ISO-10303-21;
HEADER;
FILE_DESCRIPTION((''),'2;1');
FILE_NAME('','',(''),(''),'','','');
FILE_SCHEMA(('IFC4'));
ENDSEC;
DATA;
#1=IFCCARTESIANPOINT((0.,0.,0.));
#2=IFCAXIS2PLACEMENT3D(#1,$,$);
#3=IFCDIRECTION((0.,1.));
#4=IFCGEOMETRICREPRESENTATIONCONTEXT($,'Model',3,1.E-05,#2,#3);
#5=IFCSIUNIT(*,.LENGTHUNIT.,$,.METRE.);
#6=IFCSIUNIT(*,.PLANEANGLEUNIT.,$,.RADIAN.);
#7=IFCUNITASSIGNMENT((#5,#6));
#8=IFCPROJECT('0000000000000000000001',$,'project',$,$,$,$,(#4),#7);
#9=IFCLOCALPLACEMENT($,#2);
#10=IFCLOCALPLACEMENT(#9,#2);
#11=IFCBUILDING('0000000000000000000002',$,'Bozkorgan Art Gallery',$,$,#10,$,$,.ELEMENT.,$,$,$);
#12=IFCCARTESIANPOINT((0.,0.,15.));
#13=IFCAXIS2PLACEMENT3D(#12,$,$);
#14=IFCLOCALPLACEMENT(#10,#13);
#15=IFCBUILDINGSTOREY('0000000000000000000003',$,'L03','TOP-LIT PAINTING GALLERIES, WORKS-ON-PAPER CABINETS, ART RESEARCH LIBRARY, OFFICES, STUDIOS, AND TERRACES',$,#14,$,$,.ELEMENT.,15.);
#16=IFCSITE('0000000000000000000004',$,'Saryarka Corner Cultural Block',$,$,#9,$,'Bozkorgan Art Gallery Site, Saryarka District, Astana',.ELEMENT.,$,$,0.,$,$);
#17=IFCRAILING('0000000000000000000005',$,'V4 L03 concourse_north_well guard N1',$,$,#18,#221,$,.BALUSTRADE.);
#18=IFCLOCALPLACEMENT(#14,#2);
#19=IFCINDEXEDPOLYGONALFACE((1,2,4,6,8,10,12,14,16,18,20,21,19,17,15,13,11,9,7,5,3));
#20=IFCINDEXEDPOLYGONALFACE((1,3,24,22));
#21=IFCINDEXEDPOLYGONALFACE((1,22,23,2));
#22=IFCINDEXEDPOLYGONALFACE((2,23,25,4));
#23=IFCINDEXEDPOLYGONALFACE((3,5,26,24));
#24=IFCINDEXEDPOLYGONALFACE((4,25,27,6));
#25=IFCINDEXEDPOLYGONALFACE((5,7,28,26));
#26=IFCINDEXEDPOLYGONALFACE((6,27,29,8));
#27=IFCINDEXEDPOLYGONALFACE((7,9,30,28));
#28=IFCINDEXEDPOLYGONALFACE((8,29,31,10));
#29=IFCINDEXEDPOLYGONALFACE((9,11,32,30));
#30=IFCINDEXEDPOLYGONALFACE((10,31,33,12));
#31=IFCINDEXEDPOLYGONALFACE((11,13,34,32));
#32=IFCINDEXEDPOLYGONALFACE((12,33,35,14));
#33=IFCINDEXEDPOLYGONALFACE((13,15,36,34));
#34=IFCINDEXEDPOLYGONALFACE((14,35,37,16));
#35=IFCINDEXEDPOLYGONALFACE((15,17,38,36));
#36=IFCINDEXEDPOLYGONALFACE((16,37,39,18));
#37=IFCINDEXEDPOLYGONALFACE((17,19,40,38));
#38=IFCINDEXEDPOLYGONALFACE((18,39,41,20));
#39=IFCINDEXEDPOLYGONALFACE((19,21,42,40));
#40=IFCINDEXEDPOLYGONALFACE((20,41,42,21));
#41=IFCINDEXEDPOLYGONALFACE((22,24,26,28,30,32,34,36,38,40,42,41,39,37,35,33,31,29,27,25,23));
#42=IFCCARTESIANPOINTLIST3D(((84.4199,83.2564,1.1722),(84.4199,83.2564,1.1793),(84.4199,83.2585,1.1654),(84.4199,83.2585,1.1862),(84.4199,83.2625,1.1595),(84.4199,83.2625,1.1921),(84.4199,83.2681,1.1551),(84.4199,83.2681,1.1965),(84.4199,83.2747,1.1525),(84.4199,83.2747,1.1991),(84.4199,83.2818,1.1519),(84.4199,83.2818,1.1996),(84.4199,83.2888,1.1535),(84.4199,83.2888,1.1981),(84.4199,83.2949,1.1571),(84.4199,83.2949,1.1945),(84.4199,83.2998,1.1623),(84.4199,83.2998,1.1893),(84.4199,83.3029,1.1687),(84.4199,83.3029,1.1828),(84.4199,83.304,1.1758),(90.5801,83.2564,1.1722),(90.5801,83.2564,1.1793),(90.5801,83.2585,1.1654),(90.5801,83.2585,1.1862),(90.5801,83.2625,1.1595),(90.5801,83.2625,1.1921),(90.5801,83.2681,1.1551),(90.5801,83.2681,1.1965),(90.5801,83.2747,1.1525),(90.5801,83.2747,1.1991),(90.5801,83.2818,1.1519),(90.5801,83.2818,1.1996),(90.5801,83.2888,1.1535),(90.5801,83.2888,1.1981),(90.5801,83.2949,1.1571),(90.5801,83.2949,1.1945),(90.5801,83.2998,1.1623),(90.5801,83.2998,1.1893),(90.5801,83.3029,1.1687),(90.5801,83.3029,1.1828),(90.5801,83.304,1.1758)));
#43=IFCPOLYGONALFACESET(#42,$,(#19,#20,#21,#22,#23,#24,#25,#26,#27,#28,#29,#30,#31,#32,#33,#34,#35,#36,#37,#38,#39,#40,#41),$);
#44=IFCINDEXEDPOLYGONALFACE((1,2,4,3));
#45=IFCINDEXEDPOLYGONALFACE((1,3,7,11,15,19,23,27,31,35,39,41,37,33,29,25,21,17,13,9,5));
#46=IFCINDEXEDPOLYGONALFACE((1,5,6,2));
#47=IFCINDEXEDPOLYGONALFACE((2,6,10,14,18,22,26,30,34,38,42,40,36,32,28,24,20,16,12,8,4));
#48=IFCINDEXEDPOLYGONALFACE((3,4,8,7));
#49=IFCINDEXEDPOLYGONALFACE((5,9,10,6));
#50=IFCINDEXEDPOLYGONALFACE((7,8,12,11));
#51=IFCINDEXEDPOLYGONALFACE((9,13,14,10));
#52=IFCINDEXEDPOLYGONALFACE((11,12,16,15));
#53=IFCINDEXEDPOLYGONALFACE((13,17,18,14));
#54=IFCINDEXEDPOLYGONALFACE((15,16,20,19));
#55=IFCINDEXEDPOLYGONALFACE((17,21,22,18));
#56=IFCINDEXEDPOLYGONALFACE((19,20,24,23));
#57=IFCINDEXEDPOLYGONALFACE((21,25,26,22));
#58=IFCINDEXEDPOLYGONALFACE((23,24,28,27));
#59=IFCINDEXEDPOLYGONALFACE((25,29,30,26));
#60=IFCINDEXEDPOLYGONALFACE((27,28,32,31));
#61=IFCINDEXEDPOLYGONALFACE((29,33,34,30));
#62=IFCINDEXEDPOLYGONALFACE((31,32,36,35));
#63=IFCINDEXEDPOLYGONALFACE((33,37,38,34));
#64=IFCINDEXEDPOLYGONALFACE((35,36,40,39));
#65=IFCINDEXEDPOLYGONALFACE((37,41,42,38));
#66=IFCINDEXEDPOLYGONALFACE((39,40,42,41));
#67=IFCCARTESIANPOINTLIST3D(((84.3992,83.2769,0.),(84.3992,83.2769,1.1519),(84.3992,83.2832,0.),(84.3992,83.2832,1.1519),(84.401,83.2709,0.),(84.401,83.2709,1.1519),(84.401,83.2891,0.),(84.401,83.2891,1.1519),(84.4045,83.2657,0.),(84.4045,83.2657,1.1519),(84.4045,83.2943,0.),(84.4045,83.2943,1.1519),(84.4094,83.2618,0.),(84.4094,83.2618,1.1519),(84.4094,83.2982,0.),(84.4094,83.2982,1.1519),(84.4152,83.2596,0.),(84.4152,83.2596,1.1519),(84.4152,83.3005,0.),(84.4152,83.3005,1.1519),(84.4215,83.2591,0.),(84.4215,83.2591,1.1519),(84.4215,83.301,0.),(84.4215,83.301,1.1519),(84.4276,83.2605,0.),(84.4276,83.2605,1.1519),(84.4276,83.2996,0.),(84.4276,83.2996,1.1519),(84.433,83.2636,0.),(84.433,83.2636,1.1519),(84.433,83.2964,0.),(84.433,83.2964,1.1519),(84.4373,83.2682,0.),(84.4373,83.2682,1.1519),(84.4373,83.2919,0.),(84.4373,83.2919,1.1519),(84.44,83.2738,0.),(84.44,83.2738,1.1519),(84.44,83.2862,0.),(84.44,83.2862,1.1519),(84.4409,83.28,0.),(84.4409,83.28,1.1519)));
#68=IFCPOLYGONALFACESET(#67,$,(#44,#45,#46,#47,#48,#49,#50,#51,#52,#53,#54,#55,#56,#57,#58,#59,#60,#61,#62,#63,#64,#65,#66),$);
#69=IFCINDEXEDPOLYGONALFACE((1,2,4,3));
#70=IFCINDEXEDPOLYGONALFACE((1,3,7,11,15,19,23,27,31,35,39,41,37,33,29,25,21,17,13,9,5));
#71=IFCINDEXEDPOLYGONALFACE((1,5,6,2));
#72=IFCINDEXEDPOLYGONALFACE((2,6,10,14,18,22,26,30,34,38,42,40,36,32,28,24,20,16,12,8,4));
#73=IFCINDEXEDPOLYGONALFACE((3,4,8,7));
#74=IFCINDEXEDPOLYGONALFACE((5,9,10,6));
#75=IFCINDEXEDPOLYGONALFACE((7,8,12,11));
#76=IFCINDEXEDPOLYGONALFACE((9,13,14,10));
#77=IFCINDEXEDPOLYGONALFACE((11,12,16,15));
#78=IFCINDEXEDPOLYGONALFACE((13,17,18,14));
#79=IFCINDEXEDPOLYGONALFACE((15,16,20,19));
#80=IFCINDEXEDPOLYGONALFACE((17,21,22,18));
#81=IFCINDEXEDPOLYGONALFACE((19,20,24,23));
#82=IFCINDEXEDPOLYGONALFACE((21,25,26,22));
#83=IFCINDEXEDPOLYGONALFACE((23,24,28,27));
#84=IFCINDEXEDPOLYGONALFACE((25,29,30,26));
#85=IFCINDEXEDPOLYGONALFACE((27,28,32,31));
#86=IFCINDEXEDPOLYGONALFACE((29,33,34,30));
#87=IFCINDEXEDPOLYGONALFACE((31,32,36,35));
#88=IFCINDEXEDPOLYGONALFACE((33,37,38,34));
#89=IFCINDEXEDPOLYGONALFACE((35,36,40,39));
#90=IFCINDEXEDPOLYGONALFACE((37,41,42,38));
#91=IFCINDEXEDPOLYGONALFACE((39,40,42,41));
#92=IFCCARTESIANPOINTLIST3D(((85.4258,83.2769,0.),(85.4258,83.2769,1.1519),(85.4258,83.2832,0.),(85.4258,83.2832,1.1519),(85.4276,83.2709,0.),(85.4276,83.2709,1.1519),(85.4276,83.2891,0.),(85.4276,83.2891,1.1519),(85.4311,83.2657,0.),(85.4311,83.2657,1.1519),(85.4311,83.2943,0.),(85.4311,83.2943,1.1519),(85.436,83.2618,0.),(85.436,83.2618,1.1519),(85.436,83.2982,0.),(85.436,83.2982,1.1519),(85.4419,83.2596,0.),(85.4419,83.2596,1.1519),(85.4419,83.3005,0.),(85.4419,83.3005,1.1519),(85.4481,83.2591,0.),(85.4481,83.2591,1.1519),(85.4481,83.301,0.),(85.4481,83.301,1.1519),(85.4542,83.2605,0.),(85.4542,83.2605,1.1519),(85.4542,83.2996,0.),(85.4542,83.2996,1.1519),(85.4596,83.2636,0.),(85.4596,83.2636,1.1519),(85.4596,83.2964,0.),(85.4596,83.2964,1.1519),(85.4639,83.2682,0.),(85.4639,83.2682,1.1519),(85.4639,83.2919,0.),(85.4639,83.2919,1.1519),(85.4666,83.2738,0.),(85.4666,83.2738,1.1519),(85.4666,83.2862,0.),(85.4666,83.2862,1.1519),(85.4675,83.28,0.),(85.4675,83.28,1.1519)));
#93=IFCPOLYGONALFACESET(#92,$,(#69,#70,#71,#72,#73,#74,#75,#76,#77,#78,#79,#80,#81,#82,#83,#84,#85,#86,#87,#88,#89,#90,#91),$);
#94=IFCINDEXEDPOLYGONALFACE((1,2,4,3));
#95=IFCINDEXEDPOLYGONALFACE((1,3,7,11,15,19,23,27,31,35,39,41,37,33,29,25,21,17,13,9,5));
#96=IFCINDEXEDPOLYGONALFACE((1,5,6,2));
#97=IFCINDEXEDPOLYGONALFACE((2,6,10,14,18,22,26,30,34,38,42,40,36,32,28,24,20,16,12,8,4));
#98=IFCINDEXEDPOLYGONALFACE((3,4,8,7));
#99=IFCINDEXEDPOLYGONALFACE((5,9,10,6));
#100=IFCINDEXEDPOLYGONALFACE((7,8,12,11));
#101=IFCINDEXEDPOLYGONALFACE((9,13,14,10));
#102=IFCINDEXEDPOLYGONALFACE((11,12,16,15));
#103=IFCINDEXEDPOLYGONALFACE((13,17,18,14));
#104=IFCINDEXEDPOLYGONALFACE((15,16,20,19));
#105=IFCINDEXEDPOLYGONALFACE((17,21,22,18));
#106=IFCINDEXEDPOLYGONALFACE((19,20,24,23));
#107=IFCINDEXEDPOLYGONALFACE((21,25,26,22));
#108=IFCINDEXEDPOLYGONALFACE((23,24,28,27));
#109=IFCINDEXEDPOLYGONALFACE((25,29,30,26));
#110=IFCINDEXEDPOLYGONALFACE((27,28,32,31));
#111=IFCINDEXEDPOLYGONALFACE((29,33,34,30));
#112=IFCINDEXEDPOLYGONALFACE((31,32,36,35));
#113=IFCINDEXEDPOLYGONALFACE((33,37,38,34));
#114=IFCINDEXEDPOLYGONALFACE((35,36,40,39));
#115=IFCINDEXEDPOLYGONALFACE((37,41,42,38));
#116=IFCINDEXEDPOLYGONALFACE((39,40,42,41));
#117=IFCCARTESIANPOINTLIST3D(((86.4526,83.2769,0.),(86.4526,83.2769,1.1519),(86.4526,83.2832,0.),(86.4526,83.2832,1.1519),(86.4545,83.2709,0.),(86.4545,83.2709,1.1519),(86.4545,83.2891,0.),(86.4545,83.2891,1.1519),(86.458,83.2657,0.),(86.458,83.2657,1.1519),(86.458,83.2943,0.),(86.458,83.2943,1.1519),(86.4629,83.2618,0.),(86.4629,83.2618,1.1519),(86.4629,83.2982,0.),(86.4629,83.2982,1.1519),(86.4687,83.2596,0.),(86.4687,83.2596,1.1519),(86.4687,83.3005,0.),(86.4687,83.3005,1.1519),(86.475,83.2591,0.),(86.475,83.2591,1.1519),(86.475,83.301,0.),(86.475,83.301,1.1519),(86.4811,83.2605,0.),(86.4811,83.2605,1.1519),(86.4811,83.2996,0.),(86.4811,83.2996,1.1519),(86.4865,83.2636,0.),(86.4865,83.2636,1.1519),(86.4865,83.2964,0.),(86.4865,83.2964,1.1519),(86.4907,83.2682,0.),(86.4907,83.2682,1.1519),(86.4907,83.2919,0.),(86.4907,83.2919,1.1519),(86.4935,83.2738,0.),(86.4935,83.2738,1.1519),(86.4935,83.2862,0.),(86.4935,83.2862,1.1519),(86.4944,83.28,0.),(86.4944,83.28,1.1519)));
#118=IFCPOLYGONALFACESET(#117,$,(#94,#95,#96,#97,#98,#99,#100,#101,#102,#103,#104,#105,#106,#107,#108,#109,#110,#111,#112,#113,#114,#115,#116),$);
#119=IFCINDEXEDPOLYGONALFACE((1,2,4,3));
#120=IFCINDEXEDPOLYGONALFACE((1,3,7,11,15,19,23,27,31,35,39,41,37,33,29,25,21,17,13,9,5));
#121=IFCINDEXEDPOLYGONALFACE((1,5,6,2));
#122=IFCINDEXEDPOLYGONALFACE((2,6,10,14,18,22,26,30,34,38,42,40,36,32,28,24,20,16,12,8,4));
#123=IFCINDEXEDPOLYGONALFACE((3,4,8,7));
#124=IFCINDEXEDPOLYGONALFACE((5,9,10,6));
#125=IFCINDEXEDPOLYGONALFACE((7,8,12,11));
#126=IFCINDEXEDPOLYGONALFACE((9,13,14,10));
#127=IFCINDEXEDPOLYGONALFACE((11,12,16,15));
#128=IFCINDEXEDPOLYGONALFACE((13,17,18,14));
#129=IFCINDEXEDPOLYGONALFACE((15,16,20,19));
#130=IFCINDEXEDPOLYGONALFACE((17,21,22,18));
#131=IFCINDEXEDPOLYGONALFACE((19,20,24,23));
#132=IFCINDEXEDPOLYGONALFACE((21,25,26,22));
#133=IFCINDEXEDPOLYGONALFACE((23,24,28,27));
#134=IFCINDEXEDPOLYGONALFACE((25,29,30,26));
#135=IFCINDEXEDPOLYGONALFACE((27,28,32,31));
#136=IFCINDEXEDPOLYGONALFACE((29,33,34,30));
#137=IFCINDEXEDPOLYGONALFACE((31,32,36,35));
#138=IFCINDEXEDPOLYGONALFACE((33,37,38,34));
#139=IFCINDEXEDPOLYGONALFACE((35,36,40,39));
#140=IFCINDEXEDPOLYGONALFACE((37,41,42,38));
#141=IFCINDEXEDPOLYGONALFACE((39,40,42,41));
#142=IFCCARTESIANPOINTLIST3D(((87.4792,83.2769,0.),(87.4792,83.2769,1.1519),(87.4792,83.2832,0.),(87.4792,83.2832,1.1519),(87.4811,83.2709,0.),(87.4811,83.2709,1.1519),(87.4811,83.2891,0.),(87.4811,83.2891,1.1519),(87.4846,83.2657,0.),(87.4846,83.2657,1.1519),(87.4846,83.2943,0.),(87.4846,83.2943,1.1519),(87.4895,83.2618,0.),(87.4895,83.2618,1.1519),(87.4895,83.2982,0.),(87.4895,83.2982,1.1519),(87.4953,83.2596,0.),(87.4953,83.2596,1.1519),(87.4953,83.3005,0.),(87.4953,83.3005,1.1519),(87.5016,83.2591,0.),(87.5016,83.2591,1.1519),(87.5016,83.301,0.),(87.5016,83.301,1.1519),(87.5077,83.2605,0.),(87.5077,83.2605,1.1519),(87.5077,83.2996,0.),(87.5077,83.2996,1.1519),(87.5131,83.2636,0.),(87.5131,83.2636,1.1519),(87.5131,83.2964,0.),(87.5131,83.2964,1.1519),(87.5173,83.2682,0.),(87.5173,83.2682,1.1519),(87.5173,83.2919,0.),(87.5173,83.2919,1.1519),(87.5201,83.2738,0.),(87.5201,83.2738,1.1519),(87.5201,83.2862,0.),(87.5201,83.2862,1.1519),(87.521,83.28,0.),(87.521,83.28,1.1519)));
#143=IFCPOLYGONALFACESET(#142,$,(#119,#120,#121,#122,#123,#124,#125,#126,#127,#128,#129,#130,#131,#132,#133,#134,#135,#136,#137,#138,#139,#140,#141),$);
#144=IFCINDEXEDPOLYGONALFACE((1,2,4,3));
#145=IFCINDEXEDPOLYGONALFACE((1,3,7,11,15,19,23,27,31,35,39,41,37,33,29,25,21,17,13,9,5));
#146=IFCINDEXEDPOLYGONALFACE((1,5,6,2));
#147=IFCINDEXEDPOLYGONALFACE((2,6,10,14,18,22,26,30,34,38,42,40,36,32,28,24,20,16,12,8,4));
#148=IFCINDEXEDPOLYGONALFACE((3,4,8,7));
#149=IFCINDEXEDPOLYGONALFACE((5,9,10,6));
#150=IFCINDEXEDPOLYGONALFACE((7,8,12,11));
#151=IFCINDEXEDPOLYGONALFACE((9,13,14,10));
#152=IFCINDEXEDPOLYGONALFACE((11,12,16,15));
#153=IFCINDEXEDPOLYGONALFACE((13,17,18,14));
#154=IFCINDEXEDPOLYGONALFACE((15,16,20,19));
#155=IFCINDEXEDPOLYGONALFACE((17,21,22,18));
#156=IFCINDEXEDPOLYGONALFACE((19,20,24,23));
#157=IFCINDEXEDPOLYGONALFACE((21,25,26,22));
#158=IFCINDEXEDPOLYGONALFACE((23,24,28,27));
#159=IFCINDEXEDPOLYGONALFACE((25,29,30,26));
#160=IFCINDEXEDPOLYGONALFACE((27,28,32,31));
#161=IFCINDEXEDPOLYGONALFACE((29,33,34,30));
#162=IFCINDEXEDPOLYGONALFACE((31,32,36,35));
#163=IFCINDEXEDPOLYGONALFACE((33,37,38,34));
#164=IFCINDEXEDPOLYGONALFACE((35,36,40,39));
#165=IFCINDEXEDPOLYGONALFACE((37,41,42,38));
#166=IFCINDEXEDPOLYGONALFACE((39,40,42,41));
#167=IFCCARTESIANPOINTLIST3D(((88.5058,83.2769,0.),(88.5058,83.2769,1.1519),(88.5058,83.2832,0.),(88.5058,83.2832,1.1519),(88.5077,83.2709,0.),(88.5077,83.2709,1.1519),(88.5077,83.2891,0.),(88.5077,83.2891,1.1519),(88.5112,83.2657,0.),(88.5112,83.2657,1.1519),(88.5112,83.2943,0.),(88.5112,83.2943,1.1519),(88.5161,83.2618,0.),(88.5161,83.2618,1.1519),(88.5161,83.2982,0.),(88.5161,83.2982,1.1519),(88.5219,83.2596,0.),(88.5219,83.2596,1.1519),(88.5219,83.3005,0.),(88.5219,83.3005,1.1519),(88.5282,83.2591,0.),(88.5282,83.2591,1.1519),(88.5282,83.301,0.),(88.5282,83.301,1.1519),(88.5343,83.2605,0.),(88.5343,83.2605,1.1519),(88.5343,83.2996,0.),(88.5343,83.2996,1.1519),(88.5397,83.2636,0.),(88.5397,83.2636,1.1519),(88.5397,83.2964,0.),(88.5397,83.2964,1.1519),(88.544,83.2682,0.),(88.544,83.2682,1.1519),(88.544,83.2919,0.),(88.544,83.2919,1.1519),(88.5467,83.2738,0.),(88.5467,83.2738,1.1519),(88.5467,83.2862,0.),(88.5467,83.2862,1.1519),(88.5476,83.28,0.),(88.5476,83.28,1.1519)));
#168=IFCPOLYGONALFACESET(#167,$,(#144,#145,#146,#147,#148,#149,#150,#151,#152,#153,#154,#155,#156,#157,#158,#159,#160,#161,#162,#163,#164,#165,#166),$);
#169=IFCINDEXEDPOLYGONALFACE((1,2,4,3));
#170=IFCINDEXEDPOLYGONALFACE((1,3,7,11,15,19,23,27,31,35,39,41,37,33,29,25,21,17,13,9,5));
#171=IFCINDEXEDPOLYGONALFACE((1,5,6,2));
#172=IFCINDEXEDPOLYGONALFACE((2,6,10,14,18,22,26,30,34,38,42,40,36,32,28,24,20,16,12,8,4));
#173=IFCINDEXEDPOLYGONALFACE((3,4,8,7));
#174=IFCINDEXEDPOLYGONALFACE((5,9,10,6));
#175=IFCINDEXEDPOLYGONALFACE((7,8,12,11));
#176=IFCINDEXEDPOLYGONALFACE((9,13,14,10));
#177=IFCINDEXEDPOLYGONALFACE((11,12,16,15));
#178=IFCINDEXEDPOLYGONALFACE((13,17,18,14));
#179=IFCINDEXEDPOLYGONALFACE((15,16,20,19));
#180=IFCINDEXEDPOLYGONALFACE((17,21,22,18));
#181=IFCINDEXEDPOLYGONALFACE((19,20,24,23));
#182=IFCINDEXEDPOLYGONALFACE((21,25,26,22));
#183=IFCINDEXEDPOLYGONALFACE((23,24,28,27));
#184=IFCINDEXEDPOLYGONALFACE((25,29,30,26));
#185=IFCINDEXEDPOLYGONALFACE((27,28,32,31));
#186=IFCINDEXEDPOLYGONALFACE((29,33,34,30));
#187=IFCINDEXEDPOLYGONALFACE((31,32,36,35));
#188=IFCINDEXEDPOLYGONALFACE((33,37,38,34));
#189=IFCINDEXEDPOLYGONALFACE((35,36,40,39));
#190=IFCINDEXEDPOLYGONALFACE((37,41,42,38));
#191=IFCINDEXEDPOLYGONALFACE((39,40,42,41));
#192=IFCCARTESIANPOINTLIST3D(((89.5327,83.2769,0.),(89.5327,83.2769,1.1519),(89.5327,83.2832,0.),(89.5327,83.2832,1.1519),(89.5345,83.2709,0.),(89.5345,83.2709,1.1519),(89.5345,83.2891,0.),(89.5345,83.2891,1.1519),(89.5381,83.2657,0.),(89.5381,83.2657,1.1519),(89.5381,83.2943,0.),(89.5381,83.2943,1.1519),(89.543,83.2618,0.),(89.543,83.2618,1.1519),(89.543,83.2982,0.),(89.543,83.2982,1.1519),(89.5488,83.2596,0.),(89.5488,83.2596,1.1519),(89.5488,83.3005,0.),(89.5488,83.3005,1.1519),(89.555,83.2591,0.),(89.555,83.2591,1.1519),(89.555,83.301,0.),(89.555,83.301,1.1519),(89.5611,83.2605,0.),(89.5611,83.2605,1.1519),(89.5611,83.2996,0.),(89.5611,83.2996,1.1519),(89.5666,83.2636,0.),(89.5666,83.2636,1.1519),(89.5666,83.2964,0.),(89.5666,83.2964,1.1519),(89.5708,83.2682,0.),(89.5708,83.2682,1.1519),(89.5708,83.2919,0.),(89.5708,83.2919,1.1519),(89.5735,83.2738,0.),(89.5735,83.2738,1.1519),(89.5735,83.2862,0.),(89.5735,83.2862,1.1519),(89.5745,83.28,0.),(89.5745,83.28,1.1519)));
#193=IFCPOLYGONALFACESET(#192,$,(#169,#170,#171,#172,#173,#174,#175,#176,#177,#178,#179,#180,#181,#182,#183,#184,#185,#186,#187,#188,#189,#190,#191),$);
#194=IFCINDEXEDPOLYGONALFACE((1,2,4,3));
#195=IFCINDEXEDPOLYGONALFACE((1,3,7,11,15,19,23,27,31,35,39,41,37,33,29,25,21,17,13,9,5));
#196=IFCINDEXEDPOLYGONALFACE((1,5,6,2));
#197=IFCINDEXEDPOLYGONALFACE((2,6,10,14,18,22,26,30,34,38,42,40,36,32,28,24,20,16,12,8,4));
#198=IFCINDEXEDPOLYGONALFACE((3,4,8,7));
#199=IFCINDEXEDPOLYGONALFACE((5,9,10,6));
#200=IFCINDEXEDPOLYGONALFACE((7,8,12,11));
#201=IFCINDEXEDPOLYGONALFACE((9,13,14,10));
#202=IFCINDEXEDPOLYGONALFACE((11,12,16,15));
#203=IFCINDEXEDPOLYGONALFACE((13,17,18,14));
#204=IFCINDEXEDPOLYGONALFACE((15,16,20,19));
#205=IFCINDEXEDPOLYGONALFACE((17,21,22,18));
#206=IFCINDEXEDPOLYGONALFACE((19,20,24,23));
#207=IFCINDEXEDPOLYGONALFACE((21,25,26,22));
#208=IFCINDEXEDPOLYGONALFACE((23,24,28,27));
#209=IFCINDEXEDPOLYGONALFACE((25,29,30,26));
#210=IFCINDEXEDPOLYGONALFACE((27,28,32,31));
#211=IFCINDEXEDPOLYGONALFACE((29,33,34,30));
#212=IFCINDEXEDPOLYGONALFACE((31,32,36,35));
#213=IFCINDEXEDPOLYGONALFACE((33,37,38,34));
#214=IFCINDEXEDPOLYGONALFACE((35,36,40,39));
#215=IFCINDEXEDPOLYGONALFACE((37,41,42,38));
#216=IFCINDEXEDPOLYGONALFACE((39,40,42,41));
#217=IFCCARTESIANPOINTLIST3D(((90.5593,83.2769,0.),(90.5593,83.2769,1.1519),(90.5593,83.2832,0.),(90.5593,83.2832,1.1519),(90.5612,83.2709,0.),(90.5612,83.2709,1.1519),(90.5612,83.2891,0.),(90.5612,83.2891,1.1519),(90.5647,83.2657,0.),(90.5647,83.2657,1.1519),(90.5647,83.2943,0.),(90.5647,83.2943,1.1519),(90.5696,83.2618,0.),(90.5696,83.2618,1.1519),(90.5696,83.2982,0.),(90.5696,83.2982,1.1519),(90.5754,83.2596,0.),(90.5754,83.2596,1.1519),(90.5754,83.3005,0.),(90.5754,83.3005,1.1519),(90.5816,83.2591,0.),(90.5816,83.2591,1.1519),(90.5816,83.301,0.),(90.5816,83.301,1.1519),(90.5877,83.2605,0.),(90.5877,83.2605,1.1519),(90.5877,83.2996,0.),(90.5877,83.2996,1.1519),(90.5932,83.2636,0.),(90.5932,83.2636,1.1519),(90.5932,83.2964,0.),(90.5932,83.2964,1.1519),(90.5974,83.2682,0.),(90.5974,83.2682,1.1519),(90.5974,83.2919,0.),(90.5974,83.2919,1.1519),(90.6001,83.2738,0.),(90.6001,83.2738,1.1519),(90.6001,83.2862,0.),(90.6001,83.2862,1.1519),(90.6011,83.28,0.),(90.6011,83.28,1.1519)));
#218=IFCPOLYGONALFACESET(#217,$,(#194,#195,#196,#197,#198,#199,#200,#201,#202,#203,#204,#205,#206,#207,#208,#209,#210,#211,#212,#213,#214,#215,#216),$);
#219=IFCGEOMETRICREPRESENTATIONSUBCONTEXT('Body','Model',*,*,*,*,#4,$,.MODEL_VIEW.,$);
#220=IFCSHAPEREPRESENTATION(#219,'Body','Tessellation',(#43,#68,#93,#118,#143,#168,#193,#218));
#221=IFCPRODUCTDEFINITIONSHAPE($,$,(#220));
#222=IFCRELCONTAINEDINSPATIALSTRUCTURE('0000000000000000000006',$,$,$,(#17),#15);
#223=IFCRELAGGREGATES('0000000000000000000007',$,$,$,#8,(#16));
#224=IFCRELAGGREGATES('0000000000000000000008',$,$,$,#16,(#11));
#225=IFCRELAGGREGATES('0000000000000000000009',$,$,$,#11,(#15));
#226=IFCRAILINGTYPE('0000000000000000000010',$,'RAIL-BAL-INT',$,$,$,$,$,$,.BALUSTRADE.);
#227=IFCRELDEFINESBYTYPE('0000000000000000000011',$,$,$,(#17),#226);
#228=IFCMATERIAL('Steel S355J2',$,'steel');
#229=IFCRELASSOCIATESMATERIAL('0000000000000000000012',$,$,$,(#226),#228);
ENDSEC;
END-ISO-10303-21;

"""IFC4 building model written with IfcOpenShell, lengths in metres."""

from ifc_helpers import new_model, si_unit, direction, frame, origin, origin_2d, place, context, subcontext, project, spatial, circle, extrude, material, type_object, element, save


model = new_model("IFC4")

# Units and contexts
model_context = context("Model", 3, precision=1e-05, world=origin(), true_north=direction((0.0, 1.0)))
body_context = subcontext(model_context, "Body", "Model", "MODEL_VIEW")
ifc_project = project(units=[si_unit("LENGTHUNIT", "METRE"), si_unit("PLANEANGLEUNIT", "RADIAN")], contexts=[model_context])

# Site, building, storey
site_placement = place(None, origin())
site = spatial("IfcSite", under=ifc_project, at=site_placement, Name="Saryarka Corner Cultural Block", LongName="Bozkorgan Art Gallery Site, Saryarka District, Astana", CompositionType="ELEMENT", RefElevation=0.0)
building_placement = place(site_placement, origin())
building = spatial("IfcBuilding", under=site, at=building_placement, Name="Bozkorgan Art Gallery", CompositionType="ELEMENT")
storey_placement = place(building_placement, frame((0.0, 0.0, 15.0)))
storey = spatial("IfcBuildingStorey", under=building, at=storey_placement, Name="L03", Description="TOP-LIT PAINTING GALLERIES, WORKS-ON-PAPER CABINETS, ART RESEARCH LIBRARY, OFFICES, STUDIOS, AND TERRACES", CompositionType="ELEMENT", Elevation=15.0)

# Shared definitions
ifc_material_1 = material(Name="Steel S355J2", Category="steel")

# Railing
railing_type = type_object("IfcRailingType", Name="RAIL-BAL-INT", PredefinedType="BALUSTRADE", material=ifc_material_1)
railing_placement = place(storey_placement, frame((84.4199, 83.28, 0.0)))
element("IfcRailing", 1, at=railing_placement, inside=storey, type_object=railing_type, Name="V4 L03 concourse_north_well guard N1", PredefinedType="BALUSTRADE", context=body_context, shape_type="SweptSolid", body=[
    extrude(circle(Radius=0.0239, at=origin_2d()), frame((0.0, 0.0, 1.1758), z_axis=(1.0, 0.0, 0.0), x_axis=(0.0, 1.0, 0.0)), (0.0, 0.0, 1.0), 6.1602),
    extrude(circle(Radius=0.021, at=origin_2d()), origin(), (0.0, 0.0, 1.0), 1.1519),
    extrude(circle(Radius=0.021, at=origin_2d()), frame((1.0266, 0.0, 0.0)), (0.0, 0.0, 1.0), 1.1519),
    extrude(circle(Radius=0.021, at=origin_2d()), frame((2.0535, 0.0, 0.0)), (0.0, 0.0, 1.0), 1.1519),
    extrude(circle(Radius=0.021, at=origin_2d()), frame((3.0801, 0.0, 0.0)), (0.0, 0.0, 1.0), 1.1519),
    extrude(circle(Radius=0.021, at=origin_2d()), frame((4.1067, 0.0, 0.0)), (0.0, 0.0, 1.0), 1.1519),
    extrude(circle(Radius=0.021, at=origin_2d()), frame((5.1335, 0.0, 0.0)), (0.0, 0.0, 1.0), 1.1519),
    extrude(circle(Radius=0.021, at=origin_2d()), frame((6.1602, 0.0, 0.0)), (0.0, 0.0, 1.0), 1.1519),
])

save(model, "model.ifc")
